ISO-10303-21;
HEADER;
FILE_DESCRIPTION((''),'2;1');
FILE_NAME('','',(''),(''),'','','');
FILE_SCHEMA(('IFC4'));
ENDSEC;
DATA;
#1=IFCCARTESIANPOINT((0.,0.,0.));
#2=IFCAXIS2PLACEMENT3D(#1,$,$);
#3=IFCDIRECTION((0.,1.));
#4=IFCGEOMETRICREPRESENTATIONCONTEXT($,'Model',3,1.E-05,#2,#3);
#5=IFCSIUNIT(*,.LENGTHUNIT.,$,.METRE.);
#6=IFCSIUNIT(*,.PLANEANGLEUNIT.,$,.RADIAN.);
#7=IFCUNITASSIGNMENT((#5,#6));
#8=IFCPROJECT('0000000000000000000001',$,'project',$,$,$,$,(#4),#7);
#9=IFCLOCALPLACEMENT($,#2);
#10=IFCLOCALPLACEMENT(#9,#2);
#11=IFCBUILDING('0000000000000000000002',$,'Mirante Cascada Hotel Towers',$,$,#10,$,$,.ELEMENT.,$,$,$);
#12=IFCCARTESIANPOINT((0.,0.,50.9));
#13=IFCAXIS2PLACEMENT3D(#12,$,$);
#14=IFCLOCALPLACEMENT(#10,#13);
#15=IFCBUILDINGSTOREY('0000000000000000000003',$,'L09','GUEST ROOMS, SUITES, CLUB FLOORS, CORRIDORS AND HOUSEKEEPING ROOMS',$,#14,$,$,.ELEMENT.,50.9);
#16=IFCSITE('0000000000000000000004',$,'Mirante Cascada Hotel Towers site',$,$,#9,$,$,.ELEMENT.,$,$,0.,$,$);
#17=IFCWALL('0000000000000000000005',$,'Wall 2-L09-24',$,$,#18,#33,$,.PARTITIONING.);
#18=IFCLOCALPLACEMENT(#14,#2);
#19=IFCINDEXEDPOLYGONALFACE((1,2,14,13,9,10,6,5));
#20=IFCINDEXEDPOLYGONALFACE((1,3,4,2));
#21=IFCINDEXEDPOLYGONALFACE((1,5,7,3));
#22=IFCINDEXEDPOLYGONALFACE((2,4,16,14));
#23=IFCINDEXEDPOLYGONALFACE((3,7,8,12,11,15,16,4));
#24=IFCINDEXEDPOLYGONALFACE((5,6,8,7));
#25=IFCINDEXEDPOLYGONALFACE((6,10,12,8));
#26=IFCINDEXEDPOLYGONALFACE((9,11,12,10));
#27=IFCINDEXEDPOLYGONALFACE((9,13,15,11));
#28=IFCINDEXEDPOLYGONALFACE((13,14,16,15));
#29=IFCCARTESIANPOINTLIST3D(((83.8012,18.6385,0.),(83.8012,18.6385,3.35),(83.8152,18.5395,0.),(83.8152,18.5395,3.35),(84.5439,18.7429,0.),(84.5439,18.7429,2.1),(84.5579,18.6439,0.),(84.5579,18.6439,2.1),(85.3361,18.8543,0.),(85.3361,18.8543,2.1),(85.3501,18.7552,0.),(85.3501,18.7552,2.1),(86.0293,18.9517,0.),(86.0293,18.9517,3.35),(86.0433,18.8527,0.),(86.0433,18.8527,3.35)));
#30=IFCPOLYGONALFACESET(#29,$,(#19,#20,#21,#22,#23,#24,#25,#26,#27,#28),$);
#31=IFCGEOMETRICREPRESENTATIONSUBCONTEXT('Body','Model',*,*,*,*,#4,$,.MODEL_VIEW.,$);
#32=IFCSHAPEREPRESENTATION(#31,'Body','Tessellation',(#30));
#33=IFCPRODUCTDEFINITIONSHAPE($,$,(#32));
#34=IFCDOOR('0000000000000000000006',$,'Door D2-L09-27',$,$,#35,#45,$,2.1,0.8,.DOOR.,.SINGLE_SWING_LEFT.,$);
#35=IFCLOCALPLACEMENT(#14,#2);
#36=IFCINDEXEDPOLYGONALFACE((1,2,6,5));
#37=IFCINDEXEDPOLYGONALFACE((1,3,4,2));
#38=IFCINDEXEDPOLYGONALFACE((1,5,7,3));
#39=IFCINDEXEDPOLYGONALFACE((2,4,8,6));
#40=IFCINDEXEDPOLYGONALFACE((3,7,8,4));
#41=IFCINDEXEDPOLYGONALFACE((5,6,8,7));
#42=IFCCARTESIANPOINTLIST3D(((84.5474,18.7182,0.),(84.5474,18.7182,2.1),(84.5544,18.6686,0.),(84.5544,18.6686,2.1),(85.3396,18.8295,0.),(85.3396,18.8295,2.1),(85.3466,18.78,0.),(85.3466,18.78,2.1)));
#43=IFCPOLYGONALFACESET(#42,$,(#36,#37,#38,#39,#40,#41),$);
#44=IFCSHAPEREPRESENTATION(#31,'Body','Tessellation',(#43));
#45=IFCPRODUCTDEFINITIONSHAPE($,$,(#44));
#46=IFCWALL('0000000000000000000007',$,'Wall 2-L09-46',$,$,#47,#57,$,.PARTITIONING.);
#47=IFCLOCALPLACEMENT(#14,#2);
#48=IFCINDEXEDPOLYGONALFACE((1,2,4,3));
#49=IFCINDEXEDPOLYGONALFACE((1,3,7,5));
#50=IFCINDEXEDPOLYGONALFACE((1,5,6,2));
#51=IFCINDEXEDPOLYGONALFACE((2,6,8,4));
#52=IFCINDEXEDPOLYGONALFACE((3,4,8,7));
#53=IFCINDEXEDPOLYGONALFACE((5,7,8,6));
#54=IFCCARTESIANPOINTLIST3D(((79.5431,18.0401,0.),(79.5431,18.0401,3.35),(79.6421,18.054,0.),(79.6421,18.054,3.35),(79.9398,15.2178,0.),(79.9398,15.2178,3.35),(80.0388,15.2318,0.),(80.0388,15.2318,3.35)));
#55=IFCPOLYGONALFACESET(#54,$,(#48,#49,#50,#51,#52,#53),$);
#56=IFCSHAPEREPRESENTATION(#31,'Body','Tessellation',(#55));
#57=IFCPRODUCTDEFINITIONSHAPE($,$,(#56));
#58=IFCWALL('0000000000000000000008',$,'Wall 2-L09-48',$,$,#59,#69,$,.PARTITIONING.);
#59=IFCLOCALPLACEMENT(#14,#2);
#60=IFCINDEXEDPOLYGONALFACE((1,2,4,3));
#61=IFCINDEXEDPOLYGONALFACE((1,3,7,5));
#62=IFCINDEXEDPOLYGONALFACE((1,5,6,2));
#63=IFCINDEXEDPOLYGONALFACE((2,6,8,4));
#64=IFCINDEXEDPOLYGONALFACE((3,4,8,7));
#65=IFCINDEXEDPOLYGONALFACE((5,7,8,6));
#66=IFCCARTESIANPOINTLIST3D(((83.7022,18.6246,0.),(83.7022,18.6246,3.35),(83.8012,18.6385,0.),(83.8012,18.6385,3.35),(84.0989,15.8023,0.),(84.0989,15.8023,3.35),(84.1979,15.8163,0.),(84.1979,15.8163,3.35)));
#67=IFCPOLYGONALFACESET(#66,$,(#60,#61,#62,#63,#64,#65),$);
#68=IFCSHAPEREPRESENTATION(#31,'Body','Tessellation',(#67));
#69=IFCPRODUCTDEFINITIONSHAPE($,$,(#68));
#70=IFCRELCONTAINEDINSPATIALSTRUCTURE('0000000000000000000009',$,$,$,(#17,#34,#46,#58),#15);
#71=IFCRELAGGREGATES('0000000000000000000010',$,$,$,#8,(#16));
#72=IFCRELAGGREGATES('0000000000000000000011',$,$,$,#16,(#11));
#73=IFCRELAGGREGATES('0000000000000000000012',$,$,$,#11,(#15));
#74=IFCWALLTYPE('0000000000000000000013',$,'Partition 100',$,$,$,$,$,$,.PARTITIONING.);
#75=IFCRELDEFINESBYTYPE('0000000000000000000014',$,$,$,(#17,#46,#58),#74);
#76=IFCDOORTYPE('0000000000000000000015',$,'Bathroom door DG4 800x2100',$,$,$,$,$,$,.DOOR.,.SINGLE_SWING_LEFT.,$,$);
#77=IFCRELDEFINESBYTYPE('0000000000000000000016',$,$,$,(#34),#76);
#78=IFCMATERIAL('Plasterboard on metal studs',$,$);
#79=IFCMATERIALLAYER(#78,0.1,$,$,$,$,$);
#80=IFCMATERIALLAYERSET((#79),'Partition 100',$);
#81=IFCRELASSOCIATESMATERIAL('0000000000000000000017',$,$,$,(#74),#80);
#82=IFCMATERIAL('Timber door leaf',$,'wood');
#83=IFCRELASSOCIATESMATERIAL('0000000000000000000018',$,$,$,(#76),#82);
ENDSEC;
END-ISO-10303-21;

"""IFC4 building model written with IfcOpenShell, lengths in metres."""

from ifc_helpers import new_model, si_unit, direction, frame, frame_2d, origin, place, context, subcontext, project, spatial, rectangle, extrude, material, layer, layer_set, type_object, element, fill, save


model = new_model("IFC4")

# Units and contexts
model_context = context("Model", 3, precision=1e-05, world=origin(), true_north=direction((0.0, 1.0)))
body_context = subcontext(model_context, "Body", "Model", "MODEL_VIEW")
ifc_project = project(units=[si_unit("LENGTHUNIT", "METRE"), si_unit("PLANEANGLEUNIT", "RADIAN")], contexts=[model_context])

# Site, building, storey
site_placement = place(None, origin())
site = spatial("IfcSite", under=ifc_project, at=site_placement, Name="Mirante Cascada Hotel Towers site", CompositionType="ELEMENT", RefElevation=0.0)
building_placement = place(site_placement, origin())
building = spatial("IfcBuilding", under=site, at=building_placement, Name="Mirante Cascada Hotel Towers", CompositionType="ELEMENT")
storey_placement = place(building_placement, frame((0.0, 0.0, 50.9)))
storey = spatial("IfcBuildingStorey", under=building, at=storey_placement, Name="L09", Description="GUEST ROOMS, SUITES, CLUB FLOORS, CORRIDORS AND HOUSEKEEPING ROOMS", CompositionType="ELEMENT", Elevation=50.9)

# Wall, opening, door
ifc_material_1 = material(Name="Plasterboard on metal studs")
ifc_layer_1 = layer(ifc_material_1, 0.1)
ifc_layer_set_1 = layer_set([ifc_layer_1], Name="Partition 100")
wall_type_1 = type_object("IfcWallType", Name="Partition 100", PredefinedType="PARTITIONING", material=ifc_layer_set_1)
ifc_material_2 = material(Name="Timber door leaf", Category="wood")
door_type = type_object("IfcDoorType", Name="Bathroom door DG4 800x2100", OperationType="SINGLE_SWING_LEFT", PredefinedType="DOOR", material=ifc_material_2)
wall_1_placement = place(storey_placement, frame((83.8082, 18.589, 0.0), z_axis=(0.0, 0.0, 1.0), x_axis=(0.990264, 0.1392, 0.0)))
wall_1 = element("IfcWall", 1, at=wall_1_placement, inside=storey, type_object=wall_type_1, Name="Wall 2-L09-24", PredefinedType="PARTITIONING", context=body_context, shape_type="SweptSolid", body=[
    extrude(rectangle(XDim=2.25, YDim=0.1, at=frame_2d((1.125, 0.0))), origin(), (0.0, 0.0, 1.0), 3.35),
])
opening_1_placement = place(wall_1_placement, frame((0.75, 0.0, 0.0)))
opening_1 = element("IfcOpeningElement", 2, at=opening_1_placement, cuts=wall_1, PredefinedType="OPENING", context=body_context, shape_type="SweptSolid", body=[
    extrude(rectangle(XDim=0.8, YDim=2.1, at=frame_2d((0.4, 1.05))), frame((0.0, 0.05, 0.0), z_axis=(0.0, -1.0, 0.0), x_axis=(1.0, 0.0, 0.0)), (0.0, 0.0, 1.0), 0.1),
])
door_1_placement = place(opening_1_placement, origin())
door_1 = element("IfcDoor", 3, at=door_1_placement, inside=storey, type_object=door_type, Name="Door D2-L09-27", OperationType="SINGLE_SWING_LEFT", OverallHeight=2.1, OverallWidth=0.8, PredefinedType="DOOR", context=body_context, shape_type="SweptSolid", body=[
    extrude(rectangle(XDim=0.8, YDim=2.1, at=frame_2d((0.4, 1.05))), frame((0.0, 0.025, 0.0), z_axis=(0.0, -1.0, 0.0), x_axis=(1.0, 0.0, 0.0)), (0.0, 0.0, 1.0), 0.05),
])
fill(opening_1, door_1)

# Walls
for number, where, z_axis, x_axis, name in (
    (4, (79.9893, 15.2248, 0.0), (0.0, 0.0, 1.0), (-0.139191, 0.990266, 0.0), "Wall 2-L09-46"),
    (5, (84.1484, 15.8093, 0.0), (0.0, 0.0, 1.0), (-0.139191, 0.990266, 0.0), "Wall 2-L09-48"),
):
    element("IfcWall", number, at=place(storey_placement, frame(where, z_axis=z_axis, x_axis=x_axis)), inside=storey, type_object=wall_type_1, Name=name, PredefinedType="PARTITIONING", context=body_context, shape_type="SweptSolid", body=[
        extrude(rectangle(XDim=2.85, YDim=0.1, at=frame_2d((1.425, 0.0))), origin(), (0.0, 0.0, 1.0), 3.35),
    ])

save(model, "model.ifc")
